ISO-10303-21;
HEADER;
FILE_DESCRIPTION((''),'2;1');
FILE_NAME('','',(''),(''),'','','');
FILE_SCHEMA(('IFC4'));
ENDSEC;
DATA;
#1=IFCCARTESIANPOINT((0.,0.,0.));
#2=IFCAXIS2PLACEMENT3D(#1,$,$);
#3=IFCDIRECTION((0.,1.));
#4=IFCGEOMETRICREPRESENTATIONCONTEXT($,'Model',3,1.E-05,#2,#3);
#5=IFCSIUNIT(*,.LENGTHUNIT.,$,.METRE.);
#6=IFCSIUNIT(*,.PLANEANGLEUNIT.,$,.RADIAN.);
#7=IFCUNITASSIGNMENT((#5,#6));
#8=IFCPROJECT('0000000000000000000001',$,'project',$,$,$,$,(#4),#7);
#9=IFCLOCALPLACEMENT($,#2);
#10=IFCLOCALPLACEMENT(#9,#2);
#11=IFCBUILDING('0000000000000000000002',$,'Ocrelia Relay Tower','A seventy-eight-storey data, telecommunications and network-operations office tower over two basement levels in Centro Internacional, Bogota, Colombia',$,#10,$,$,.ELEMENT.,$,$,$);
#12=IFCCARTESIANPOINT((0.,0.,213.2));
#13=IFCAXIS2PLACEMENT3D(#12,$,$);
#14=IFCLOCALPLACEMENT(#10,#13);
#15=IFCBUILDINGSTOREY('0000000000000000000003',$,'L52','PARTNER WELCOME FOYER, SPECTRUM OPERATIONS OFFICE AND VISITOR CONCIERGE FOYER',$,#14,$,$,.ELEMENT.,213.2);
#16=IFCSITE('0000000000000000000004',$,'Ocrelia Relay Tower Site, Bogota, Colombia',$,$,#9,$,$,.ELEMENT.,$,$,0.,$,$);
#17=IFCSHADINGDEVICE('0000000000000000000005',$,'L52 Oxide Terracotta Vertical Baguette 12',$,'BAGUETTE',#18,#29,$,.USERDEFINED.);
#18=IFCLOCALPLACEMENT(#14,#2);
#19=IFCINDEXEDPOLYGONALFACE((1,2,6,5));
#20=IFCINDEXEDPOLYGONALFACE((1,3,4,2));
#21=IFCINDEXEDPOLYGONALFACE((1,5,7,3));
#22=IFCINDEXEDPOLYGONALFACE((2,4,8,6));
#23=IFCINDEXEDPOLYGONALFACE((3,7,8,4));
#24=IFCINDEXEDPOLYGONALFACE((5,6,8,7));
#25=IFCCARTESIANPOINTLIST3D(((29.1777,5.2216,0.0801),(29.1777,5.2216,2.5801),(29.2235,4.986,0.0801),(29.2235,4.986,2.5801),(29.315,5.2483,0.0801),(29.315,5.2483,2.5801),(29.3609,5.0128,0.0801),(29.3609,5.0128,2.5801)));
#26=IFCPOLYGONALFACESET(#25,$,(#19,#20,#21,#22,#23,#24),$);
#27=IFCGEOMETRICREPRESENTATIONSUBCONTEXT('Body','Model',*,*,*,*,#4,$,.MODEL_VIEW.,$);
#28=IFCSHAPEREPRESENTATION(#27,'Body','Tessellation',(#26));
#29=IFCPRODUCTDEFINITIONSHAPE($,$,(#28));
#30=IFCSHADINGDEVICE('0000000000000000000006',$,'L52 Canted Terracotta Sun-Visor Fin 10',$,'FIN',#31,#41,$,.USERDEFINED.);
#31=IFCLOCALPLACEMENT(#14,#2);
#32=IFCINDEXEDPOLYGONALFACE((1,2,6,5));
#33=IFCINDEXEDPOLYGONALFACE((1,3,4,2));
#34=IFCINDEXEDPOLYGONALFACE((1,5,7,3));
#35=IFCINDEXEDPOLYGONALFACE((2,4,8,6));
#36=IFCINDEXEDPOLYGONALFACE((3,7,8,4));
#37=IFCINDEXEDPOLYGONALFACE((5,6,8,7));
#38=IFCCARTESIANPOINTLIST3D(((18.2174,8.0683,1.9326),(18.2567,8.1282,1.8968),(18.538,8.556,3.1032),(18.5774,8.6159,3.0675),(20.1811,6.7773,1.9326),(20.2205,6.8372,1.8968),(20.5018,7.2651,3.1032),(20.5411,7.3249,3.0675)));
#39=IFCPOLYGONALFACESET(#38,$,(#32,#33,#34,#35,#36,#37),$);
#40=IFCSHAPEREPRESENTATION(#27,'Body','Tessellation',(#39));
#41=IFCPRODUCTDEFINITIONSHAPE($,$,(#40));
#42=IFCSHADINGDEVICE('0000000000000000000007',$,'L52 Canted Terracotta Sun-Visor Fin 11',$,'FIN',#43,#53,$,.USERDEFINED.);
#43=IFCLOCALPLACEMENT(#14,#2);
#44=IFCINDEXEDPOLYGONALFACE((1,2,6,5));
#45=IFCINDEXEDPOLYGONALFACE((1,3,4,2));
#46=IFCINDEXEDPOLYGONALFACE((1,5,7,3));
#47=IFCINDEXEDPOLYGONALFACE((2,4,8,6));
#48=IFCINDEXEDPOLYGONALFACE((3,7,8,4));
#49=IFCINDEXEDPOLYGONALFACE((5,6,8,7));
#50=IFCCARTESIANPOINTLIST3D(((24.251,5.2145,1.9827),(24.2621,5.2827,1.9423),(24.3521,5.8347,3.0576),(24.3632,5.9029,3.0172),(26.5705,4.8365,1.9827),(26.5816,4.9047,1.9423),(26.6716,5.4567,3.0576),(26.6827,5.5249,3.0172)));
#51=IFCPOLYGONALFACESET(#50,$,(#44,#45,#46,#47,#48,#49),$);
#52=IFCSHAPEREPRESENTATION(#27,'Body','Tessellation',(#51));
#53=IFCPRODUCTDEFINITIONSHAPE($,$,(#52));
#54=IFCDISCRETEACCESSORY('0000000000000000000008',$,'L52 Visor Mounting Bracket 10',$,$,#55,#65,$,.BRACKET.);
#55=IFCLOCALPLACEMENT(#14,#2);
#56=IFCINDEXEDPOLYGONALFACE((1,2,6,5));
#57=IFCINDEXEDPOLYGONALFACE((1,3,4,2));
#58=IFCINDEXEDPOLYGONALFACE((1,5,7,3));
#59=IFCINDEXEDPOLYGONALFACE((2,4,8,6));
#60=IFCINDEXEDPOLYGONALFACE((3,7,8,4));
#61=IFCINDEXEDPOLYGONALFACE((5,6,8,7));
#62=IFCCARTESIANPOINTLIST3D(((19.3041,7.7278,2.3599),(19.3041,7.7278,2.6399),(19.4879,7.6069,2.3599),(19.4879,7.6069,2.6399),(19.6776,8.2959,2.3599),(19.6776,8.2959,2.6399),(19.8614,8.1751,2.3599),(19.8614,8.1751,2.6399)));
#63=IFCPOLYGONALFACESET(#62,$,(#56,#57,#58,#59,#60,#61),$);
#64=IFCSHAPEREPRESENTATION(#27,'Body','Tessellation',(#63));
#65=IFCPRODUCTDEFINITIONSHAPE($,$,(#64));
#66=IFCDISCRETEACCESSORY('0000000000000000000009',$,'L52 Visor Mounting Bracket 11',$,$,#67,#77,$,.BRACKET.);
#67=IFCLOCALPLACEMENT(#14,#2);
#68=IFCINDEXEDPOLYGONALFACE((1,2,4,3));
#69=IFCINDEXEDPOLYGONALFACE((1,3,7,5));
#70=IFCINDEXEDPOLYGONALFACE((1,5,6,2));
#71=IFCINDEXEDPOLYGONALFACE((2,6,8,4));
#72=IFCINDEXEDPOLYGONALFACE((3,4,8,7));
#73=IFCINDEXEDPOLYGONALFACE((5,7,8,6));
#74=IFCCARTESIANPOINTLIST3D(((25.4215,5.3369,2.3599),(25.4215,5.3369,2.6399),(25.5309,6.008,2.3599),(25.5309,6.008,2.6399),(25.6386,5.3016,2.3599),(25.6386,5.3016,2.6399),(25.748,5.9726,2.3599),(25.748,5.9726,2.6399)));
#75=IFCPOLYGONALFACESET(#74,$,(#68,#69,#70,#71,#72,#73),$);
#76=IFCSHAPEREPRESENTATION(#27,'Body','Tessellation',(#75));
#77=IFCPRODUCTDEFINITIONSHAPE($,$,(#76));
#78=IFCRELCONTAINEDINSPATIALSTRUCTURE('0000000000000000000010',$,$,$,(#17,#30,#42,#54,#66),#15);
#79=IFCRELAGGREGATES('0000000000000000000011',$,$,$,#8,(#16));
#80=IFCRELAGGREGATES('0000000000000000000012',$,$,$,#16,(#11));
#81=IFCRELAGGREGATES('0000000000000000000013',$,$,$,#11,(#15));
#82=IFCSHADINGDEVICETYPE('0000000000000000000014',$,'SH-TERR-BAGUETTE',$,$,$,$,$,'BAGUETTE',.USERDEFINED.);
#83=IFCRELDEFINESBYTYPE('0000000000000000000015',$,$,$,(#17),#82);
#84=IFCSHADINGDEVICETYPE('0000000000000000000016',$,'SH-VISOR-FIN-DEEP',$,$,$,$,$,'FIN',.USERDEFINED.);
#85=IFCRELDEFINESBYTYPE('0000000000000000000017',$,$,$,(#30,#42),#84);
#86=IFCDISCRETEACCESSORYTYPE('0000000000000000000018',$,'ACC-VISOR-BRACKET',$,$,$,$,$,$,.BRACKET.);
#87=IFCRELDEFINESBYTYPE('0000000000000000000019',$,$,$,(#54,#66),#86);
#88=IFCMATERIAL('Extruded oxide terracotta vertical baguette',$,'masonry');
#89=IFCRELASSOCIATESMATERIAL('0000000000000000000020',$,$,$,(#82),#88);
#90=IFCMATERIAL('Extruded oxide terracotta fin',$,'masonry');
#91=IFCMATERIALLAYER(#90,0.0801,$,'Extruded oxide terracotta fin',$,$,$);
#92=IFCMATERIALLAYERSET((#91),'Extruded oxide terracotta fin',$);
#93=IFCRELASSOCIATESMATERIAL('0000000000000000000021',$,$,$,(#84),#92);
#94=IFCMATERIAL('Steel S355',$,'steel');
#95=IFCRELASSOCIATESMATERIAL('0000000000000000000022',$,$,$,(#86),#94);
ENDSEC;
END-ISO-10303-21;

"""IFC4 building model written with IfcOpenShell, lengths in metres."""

from ifc_helpers import new_model, si_unit, direction, frame, origin, origin_2d, place, context, subcontext, project, spatial, rectangle, extrude, material, layer, layer_set, type_object, element, save


model = new_model("IFC4")

# Units and contexts
model_context = context("Model", 3, precision=1e-05, world=origin(), true_north=direction((0.0, 1.0)))
body_context = subcontext(model_context, "Body", "Model", "MODEL_VIEW")
ifc_project = project(units=[si_unit("LENGTHUNIT", "METRE"), si_unit("PLANEANGLEUNIT", "RADIAN")], contexts=[model_context])

# Site, building, storey
site_placement = place(None, origin())
site = spatial("IfcSite", under=ifc_project, at=site_placement, Name="Ocrelia Relay Tower Site, Bogota, Colombia", CompositionType="ELEMENT", RefElevation=0.0)
building_placement = place(site_placement, origin())
building = spatial("IfcBuilding", under=site, at=building_placement, Name="Ocrelia Relay Tower", Description="A seventy-eight-storey data, telecommunications and network-operations office tower over two basement levels in Centro Internacional, Bogota, Colombia", CompositionType="ELEMENT")
storey_placement = place(building_placement, frame((0.0, 0.0, 213.2)))
storey = spatial("IfcBuildingStorey", under=building, at=storey_placement, Name="L52", Description="PARTNER WELCOME FOYER, SPECTRUM OPERATIONS OFFICE AND VISITOR CONCIERGE FOYER", CompositionType="ELEMENT", Elevation=213.2)

# Shared definitions
ifc_material_1 = material(Name="Steel S355", Category="steel")

# Shading devices
ifc_material_2 = material(Name="Extruded oxide terracotta vertical baguette", Category="masonry")
shading_device_type_1 = type_object("IfcShadingDeviceType", Name="SH-TERR-BAGUETTE", ElementType="BAGUETTE", PredefinedType="USERDEFINED", material=ifc_material_2)
for number, where, z_axis, x_axis, name in (
    (1, (29.2693, 5.1172, 0.0801), (0.0, 0.0, 1.0), (0.981612, 0.190888, 0.0), "L52 Oxide Terracotta Vertical Baguette 12"),
):
    element("IfcShadingDevice", number, at=place(storey_placement, frame(where, z_axis=z_axis, x_axis=x_axis)), inside=storey, type_object=shading_device_type_1, Name=name, ObjectType="BAGUETTE", PredefinedType="USERDEFINED", context=body_context, shape_type="SweptSolid", body=[
        extrude(rectangle(XDim=0.1399, YDim=0.24, at=origin_2d()), origin(), (0.0, 0.0, 1.0), 2.5),
    ])
ifc_material_3 = material(Name="Extruded oxide terracotta fin", Category="masonry")
ifc_layer_1 = layer(ifc_material_3, 0.0801, Name="Extruded oxide terracotta fin")
ifc_layer_set_1 = layer_set([ifc_layer_1], Name="Extruded oxide terracotta fin")
shading_device_type_2 = type_object("IfcShadingDeviceType", Name="SH-VISOR-FIN-DEEP", ElementType="FIN", PredefinedType="USERDEFINED", material=ifc_layer_set_1)
shading_device_1_placement = place(storey_placement, frame((19.3989, 7.7266, 2.4822), z_axis=(-0.491604, -0.747819, 0.446198), x_axis=(0.835613, -0.549319, 0.0)))
element("IfcShadingDevice", 2, at=shading_device_1_placement, inside=storey, type_object=shading_device_type_2, Name="L52 Canted Terracotta Sun-Visor Fin 10", ObjectType="FIN", PredefinedType="USERDEFINED", context=body_context, shape_type="SweptSolid", body=[
    extrude(rectangle(XDim=2.3501, YDim=1.3081, at=origin_2d()), origin(), (0.0, 0.0, 1.0), 0.0801),
])
shading_device_2_placement = place(storey_placement, frame((25.4724, 5.4038, 2.4797), z_axis=(-0.138871, -0.852065, 0.504678), x_axis=(0.986977, -0.160859, 0.0)))
element("IfcShadingDevice", 3, at=shading_device_2_placement, inside=storey, type_object=shading_device_type_2, Name="L52 Canted Terracotta Sun-Visor Fin 11", ObjectType="FIN", PredefinedType="USERDEFINED", context=body_context, shape_type="SweptSolid", body=[
    extrude(rectangle(XDim=2.3501, YDim=1.2451, at=origin_2d()), origin(), (0.0, 0.0, 1.0), 0.0801),
])

# Discrete accessories
discrete_accessory_type = type_object("IfcDiscreteAccessoryType", Name="ACC-VISOR-BRACKET", PredefinedType="BRACKET", material=ifc_material_1)
for number, where, z_axis, x_axis, name in (
    (4, (19.5828, 7.9514, 2.3599), (0.0, 0.0, 1.0), (0.835613, -0.549319, 0.0), "L52 Visor Mounting Bracket 10"),
    (5, (25.5847, 5.6548, 2.3599), (0.0, 0.0, 1.0), (0.986977, -0.160859, 0.0), "L52 Visor Mounting Bracket 11"),
):
    element("IfcDiscreteAccessory", number, at=place(storey_placement, frame(where, z_axis=z_axis, x_axis=x_axis)), inside=storey, type_object=discrete_accessory_type, Name=name, PredefinedType="BRACKET", context=body_context, shape_type="SweptSolid", body=[
        extrude(rectangle(XDim=0.22, YDim=0.6799, at=origin_2d()), origin(), (0.0, 0.0, 1.0), 0.28),
    ])

save(model, "model.ifc")
